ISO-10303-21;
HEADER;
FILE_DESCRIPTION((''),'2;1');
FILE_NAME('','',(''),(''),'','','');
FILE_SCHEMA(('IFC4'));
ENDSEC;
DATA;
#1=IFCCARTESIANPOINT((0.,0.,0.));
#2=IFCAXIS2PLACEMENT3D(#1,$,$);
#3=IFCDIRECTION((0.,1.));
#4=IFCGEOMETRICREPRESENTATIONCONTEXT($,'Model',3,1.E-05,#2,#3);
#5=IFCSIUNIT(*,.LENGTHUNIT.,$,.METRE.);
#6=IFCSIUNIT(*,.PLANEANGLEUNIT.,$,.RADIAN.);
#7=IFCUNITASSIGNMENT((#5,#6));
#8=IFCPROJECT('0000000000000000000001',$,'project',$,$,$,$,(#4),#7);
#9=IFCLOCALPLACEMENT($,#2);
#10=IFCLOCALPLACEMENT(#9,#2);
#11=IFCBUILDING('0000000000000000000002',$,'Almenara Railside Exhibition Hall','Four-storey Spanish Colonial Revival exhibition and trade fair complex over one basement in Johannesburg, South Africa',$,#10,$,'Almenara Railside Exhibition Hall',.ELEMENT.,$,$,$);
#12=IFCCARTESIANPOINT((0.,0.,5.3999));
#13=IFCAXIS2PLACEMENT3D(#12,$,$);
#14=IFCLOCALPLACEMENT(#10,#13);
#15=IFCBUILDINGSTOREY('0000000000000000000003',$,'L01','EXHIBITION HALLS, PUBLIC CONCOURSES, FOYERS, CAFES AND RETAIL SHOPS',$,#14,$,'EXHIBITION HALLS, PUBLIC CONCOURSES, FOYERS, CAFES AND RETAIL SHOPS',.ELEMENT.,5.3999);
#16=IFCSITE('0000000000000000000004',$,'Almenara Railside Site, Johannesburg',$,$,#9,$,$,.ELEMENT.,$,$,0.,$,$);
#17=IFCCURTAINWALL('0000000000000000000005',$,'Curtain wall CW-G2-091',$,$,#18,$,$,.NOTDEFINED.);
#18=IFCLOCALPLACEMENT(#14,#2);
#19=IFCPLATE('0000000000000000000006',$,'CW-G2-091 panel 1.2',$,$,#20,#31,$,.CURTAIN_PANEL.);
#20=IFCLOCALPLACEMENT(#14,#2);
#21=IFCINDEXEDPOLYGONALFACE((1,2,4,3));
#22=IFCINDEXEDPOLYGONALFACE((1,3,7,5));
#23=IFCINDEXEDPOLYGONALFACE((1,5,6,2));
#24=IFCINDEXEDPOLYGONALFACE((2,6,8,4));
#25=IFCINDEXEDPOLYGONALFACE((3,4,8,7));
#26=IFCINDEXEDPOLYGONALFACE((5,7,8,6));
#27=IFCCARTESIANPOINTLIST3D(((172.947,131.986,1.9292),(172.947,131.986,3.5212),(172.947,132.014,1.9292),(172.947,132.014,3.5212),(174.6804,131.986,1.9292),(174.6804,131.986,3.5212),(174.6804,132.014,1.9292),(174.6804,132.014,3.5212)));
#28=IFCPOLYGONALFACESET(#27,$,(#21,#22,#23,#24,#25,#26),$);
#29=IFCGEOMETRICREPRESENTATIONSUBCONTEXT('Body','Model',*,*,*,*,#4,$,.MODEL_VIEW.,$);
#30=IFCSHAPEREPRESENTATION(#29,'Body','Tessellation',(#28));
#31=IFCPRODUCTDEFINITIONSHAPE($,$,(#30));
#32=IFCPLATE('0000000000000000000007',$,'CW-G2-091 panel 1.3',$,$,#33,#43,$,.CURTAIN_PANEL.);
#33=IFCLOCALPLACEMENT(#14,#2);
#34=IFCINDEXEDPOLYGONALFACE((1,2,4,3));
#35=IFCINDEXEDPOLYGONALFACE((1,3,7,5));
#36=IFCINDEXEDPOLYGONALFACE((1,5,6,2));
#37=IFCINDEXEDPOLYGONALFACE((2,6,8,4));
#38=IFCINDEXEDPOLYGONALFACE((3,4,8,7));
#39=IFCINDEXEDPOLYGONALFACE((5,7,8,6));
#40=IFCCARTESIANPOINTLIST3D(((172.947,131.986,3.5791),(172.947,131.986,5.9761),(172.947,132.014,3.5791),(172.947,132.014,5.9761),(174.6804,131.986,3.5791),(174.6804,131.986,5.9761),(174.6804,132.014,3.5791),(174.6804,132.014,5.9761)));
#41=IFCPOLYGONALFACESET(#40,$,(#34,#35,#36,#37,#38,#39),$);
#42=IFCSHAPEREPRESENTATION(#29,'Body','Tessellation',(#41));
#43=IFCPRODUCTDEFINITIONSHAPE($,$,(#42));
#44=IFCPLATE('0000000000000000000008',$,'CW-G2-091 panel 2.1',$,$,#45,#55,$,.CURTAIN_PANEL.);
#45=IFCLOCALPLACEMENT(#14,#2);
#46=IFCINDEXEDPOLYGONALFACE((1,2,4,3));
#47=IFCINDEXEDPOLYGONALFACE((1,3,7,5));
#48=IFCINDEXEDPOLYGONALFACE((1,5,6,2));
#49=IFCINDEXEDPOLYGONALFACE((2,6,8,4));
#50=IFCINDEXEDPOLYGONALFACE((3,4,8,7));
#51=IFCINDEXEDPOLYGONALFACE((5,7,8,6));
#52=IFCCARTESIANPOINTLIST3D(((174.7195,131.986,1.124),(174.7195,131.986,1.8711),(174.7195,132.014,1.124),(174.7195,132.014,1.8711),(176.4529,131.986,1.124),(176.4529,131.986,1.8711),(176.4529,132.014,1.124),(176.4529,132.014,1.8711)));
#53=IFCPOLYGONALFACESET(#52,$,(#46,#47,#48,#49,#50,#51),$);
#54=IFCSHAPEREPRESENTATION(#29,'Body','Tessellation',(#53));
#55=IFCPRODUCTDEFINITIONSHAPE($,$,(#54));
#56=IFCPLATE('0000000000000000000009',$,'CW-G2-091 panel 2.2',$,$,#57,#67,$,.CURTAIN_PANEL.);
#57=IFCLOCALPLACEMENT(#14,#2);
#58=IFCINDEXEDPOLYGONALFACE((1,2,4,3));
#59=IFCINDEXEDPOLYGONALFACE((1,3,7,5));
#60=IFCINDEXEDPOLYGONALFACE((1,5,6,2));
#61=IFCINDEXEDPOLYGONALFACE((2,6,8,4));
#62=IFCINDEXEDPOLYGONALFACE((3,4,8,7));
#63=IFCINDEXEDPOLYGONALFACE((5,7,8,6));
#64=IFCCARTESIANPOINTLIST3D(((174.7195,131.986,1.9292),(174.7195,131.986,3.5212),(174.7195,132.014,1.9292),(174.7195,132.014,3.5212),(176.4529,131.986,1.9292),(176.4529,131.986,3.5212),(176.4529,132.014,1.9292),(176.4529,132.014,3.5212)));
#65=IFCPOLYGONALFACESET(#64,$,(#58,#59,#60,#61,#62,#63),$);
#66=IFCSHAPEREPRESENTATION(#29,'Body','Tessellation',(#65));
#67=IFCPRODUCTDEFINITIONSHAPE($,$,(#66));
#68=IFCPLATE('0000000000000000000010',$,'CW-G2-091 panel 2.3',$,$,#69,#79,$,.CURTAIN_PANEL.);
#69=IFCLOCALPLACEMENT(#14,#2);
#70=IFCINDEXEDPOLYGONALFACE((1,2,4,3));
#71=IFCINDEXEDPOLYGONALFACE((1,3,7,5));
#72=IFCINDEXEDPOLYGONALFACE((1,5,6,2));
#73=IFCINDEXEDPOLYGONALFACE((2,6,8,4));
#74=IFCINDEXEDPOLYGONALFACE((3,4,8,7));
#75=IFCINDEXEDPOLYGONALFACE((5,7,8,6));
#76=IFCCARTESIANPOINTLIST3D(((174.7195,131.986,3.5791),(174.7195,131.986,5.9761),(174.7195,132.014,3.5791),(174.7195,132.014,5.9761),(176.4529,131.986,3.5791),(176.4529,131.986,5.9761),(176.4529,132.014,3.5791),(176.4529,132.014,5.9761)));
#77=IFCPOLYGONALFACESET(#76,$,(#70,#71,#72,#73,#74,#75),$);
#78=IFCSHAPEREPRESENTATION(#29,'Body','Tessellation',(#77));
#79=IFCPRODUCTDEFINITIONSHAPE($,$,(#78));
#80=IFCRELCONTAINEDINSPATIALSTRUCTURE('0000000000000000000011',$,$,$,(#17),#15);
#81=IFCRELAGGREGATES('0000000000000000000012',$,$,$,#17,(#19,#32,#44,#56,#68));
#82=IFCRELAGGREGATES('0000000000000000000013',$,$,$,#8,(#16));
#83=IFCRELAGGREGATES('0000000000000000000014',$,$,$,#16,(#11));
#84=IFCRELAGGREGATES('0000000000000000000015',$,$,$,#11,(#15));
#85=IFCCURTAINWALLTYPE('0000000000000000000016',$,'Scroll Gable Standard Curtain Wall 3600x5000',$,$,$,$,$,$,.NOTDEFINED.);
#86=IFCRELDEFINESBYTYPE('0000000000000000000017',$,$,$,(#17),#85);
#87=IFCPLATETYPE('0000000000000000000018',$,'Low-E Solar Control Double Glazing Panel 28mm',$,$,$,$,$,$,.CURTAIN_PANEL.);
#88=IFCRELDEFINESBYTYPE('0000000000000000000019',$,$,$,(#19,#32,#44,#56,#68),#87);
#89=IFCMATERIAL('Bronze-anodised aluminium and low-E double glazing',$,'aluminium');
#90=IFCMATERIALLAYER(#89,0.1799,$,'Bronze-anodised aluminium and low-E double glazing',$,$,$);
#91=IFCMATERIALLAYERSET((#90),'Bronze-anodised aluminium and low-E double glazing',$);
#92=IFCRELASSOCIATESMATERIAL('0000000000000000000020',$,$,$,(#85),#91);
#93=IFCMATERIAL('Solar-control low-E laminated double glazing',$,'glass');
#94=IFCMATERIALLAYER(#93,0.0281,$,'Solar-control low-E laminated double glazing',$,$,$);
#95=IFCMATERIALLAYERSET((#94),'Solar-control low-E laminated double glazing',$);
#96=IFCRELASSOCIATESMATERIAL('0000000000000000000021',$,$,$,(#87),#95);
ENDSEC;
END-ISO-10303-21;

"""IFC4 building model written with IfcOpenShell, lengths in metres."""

from ifc_helpers import new_model, si_unit, direction, frame, origin, origin_2d, place, context, subcontext, project, spatial, rectangle, extrude, material, layer, layer_set, type_object, element, aggregate, save


model = new_model("IFC4")

# Units and contexts
model_context = context("Model", 3, precision=1e-05, world=origin(), true_north=direction((0.0, 1.0)))
body_context = subcontext(model_context, "Body", "Model", "MODEL_VIEW")
ifc_project = project(units=[si_unit("LENGTHUNIT", "METRE"), si_unit("PLANEANGLEUNIT", "RADIAN")], contexts=[model_context])

# Site, building, storey
site_placement = place(None, origin())
site = spatial("IfcSite", under=ifc_project, at=site_placement, Name="Almenara Railside Site, Johannesburg", CompositionType="ELEMENT", RefElevation=0.0)
building_placement = place(site_placement, origin())
building = spatial("IfcBuilding", under=site, at=building_placement, Name="Almenara Railside Exhibition Hall", Description="Four-storey Spanish Colonial Revival exhibition and trade fair complex over one basement in Johannesburg, South Africa", LongName="Almenara Railside Exhibition Hall", CompositionType="ELEMENT")
storey_placement = place(building_placement, frame((0.0, 0.0, 5.3999)))
storey = spatial("IfcBuildingStorey", under=building, at=storey_placement, Name="L01", Description="EXHIBITION HALLS, PUBLIC CONCOURSES, FOYERS, CAFES AND RETAIL SHOPS", LongName="EXHIBITION HALLS, PUBLIC CONCOURSES, FOYERS, CAFES AND RETAIL SHOPS", CompositionType="ELEMENT", Elevation=5.3999)

# Curtain wall
ifc_material_1 = material(Name="Bronze-anodised aluminium and low-E double glazing", Category="aluminium")
ifc_layer_1 = layer(ifc_material_1, 0.1799, Name="Bronze-anodised aluminium and low-E double glazing")
ifc_layer_set_1 = layer_set([ifc_layer_1], Name="Bronze-anodised aluminium and low-E double glazing")
curtain_wall_type = type_object("IfcCurtainWallType", Name="Scroll Gable Standard Curtain Wall 3600x5000", PredefinedType="NOTDEFINED", material=ifc_layer_set_1)
curtain_wall_1_placement = place(storey_placement, origin())
curtain_wall_1 = element("IfcCurtainWall", 1, at=curtain_wall_1_placement, inside=storey, type_object=curtain_wall_type, Name="Curtain wall CW-G2-091", PredefinedType="NOTDEFINED")

# Plates
ifc_material_2 = material(Name="Solar-control low-E laminated double glazing", Category="glass")
ifc_layer_2 = layer(ifc_material_2, 0.0281, Name="Solar-control low-E laminated double glazing")
ifc_layer_set_2 = layer_set([ifc_layer_2], Name="Solar-control low-E laminated double glazing")
plate_type_1 = type_object("IfcPlateType", Name="Low-E Solar Control Double Glazing Panel 28mm", PredefinedType="CURTAIN_PANEL", material=ifc_layer_set_2)
plate_1_placement = place(storey_placement, frame((173.8137, 132.0, 1.9292), z_axis=(0.0, 0.0, 1.0), x_axis=(1.0, 0.0, 0.0)))
plate_1 = element("IfcPlate", 2, at=plate_1_placement, type_object=plate_type_1, Name="CW-G2-091 panel 1.2", PredefinedType="CURTAIN_PANEL", context=body_context, shape_type="SweptSolid", body=[
    extrude(rectangle(XDim=1.7334, YDim=0.0281, at=origin_2d()), origin(), (0.0, 0.0, 1.0), 1.592),
])
plate_2_placement = place(storey_placement, frame((173.8137, 132.0, 3.5791), z_axis=(0.0, 0.0, 1.0), x_axis=(1.0, 0.0, 0.0)))
plate_2 = element("IfcPlate", 3, at=plate_2_placement, type_object=plate_type_1, Name="CW-G2-091 panel 1.3", PredefinedType="CURTAIN_PANEL", context=body_context, shape_type="SweptSolid", body=[
    extrude(rectangle(XDim=1.7334, YDim=0.0281, at=origin_2d()), origin(), (0.0, 0.0, 1.0), 2.397),
])
plate_3_placement = place(storey_placement, frame((175.5862, 132.0, 1.124), z_axis=(0.0, 0.0, 1.0), x_axis=(1.0, 0.0, 0.0)))
plate_3 = element("IfcPlate", 4, at=plate_3_placement, type_object=plate_type_1, Name="CW-G2-091 panel 2.1", PredefinedType="CURTAIN_PANEL", context=body_context, shape_type="SweptSolid", body=[
    extrude(rectangle(XDim=1.7334, YDim=0.0281, at=origin_2d()), origin(), (0.0, 0.0, 1.0), 0.7471),
])
plate_4_placement = place(storey_placement, frame((175.5862, 132.0, 1.9292), z_axis=(0.0, 0.0, 1.0), x_axis=(1.0, 0.0, 0.0)))
plate_4 = element("IfcPlate", 5, at=plate_4_placement, type_object=plate_type_1, Name="CW-G2-091 panel 2.2", PredefinedType="CURTAIN_PANEL", context=body_context, shape_type="SweptSolid", body=[
    extrude(rectangle(XDim=1.7334, YDim=0.0281, at=origin_2d()), origin(), (0.0, 0.0, 1.0), 1.592),
])
plate_5_placement = place(storey_placement, frame((175.5862, 132.0, 3.5791), z_axis=(0.0, 0.0, 1.0), x_axis=(1.0, 0.0, 0.0)))
plate_5 = element("IfcPlate", 6, at=plate_5_placement, type_object=plate_type_1, Name="CW-G2-091 panel 2.3", PredefinedType="CURTAIN_PANEL", context=body_context, shape_type="SweptSolid", body=[
    extrude(rectangle(XDim=1.7334, YDim=0.0281, at=origin_2d()), origin(), (0.0, 0.0, 1.0), 2.397),
])
aggregate(curtain_wall_1, [plate_1, plate_2, plate_3, plate_4, plate_5])

save(model, "model.ifc")
